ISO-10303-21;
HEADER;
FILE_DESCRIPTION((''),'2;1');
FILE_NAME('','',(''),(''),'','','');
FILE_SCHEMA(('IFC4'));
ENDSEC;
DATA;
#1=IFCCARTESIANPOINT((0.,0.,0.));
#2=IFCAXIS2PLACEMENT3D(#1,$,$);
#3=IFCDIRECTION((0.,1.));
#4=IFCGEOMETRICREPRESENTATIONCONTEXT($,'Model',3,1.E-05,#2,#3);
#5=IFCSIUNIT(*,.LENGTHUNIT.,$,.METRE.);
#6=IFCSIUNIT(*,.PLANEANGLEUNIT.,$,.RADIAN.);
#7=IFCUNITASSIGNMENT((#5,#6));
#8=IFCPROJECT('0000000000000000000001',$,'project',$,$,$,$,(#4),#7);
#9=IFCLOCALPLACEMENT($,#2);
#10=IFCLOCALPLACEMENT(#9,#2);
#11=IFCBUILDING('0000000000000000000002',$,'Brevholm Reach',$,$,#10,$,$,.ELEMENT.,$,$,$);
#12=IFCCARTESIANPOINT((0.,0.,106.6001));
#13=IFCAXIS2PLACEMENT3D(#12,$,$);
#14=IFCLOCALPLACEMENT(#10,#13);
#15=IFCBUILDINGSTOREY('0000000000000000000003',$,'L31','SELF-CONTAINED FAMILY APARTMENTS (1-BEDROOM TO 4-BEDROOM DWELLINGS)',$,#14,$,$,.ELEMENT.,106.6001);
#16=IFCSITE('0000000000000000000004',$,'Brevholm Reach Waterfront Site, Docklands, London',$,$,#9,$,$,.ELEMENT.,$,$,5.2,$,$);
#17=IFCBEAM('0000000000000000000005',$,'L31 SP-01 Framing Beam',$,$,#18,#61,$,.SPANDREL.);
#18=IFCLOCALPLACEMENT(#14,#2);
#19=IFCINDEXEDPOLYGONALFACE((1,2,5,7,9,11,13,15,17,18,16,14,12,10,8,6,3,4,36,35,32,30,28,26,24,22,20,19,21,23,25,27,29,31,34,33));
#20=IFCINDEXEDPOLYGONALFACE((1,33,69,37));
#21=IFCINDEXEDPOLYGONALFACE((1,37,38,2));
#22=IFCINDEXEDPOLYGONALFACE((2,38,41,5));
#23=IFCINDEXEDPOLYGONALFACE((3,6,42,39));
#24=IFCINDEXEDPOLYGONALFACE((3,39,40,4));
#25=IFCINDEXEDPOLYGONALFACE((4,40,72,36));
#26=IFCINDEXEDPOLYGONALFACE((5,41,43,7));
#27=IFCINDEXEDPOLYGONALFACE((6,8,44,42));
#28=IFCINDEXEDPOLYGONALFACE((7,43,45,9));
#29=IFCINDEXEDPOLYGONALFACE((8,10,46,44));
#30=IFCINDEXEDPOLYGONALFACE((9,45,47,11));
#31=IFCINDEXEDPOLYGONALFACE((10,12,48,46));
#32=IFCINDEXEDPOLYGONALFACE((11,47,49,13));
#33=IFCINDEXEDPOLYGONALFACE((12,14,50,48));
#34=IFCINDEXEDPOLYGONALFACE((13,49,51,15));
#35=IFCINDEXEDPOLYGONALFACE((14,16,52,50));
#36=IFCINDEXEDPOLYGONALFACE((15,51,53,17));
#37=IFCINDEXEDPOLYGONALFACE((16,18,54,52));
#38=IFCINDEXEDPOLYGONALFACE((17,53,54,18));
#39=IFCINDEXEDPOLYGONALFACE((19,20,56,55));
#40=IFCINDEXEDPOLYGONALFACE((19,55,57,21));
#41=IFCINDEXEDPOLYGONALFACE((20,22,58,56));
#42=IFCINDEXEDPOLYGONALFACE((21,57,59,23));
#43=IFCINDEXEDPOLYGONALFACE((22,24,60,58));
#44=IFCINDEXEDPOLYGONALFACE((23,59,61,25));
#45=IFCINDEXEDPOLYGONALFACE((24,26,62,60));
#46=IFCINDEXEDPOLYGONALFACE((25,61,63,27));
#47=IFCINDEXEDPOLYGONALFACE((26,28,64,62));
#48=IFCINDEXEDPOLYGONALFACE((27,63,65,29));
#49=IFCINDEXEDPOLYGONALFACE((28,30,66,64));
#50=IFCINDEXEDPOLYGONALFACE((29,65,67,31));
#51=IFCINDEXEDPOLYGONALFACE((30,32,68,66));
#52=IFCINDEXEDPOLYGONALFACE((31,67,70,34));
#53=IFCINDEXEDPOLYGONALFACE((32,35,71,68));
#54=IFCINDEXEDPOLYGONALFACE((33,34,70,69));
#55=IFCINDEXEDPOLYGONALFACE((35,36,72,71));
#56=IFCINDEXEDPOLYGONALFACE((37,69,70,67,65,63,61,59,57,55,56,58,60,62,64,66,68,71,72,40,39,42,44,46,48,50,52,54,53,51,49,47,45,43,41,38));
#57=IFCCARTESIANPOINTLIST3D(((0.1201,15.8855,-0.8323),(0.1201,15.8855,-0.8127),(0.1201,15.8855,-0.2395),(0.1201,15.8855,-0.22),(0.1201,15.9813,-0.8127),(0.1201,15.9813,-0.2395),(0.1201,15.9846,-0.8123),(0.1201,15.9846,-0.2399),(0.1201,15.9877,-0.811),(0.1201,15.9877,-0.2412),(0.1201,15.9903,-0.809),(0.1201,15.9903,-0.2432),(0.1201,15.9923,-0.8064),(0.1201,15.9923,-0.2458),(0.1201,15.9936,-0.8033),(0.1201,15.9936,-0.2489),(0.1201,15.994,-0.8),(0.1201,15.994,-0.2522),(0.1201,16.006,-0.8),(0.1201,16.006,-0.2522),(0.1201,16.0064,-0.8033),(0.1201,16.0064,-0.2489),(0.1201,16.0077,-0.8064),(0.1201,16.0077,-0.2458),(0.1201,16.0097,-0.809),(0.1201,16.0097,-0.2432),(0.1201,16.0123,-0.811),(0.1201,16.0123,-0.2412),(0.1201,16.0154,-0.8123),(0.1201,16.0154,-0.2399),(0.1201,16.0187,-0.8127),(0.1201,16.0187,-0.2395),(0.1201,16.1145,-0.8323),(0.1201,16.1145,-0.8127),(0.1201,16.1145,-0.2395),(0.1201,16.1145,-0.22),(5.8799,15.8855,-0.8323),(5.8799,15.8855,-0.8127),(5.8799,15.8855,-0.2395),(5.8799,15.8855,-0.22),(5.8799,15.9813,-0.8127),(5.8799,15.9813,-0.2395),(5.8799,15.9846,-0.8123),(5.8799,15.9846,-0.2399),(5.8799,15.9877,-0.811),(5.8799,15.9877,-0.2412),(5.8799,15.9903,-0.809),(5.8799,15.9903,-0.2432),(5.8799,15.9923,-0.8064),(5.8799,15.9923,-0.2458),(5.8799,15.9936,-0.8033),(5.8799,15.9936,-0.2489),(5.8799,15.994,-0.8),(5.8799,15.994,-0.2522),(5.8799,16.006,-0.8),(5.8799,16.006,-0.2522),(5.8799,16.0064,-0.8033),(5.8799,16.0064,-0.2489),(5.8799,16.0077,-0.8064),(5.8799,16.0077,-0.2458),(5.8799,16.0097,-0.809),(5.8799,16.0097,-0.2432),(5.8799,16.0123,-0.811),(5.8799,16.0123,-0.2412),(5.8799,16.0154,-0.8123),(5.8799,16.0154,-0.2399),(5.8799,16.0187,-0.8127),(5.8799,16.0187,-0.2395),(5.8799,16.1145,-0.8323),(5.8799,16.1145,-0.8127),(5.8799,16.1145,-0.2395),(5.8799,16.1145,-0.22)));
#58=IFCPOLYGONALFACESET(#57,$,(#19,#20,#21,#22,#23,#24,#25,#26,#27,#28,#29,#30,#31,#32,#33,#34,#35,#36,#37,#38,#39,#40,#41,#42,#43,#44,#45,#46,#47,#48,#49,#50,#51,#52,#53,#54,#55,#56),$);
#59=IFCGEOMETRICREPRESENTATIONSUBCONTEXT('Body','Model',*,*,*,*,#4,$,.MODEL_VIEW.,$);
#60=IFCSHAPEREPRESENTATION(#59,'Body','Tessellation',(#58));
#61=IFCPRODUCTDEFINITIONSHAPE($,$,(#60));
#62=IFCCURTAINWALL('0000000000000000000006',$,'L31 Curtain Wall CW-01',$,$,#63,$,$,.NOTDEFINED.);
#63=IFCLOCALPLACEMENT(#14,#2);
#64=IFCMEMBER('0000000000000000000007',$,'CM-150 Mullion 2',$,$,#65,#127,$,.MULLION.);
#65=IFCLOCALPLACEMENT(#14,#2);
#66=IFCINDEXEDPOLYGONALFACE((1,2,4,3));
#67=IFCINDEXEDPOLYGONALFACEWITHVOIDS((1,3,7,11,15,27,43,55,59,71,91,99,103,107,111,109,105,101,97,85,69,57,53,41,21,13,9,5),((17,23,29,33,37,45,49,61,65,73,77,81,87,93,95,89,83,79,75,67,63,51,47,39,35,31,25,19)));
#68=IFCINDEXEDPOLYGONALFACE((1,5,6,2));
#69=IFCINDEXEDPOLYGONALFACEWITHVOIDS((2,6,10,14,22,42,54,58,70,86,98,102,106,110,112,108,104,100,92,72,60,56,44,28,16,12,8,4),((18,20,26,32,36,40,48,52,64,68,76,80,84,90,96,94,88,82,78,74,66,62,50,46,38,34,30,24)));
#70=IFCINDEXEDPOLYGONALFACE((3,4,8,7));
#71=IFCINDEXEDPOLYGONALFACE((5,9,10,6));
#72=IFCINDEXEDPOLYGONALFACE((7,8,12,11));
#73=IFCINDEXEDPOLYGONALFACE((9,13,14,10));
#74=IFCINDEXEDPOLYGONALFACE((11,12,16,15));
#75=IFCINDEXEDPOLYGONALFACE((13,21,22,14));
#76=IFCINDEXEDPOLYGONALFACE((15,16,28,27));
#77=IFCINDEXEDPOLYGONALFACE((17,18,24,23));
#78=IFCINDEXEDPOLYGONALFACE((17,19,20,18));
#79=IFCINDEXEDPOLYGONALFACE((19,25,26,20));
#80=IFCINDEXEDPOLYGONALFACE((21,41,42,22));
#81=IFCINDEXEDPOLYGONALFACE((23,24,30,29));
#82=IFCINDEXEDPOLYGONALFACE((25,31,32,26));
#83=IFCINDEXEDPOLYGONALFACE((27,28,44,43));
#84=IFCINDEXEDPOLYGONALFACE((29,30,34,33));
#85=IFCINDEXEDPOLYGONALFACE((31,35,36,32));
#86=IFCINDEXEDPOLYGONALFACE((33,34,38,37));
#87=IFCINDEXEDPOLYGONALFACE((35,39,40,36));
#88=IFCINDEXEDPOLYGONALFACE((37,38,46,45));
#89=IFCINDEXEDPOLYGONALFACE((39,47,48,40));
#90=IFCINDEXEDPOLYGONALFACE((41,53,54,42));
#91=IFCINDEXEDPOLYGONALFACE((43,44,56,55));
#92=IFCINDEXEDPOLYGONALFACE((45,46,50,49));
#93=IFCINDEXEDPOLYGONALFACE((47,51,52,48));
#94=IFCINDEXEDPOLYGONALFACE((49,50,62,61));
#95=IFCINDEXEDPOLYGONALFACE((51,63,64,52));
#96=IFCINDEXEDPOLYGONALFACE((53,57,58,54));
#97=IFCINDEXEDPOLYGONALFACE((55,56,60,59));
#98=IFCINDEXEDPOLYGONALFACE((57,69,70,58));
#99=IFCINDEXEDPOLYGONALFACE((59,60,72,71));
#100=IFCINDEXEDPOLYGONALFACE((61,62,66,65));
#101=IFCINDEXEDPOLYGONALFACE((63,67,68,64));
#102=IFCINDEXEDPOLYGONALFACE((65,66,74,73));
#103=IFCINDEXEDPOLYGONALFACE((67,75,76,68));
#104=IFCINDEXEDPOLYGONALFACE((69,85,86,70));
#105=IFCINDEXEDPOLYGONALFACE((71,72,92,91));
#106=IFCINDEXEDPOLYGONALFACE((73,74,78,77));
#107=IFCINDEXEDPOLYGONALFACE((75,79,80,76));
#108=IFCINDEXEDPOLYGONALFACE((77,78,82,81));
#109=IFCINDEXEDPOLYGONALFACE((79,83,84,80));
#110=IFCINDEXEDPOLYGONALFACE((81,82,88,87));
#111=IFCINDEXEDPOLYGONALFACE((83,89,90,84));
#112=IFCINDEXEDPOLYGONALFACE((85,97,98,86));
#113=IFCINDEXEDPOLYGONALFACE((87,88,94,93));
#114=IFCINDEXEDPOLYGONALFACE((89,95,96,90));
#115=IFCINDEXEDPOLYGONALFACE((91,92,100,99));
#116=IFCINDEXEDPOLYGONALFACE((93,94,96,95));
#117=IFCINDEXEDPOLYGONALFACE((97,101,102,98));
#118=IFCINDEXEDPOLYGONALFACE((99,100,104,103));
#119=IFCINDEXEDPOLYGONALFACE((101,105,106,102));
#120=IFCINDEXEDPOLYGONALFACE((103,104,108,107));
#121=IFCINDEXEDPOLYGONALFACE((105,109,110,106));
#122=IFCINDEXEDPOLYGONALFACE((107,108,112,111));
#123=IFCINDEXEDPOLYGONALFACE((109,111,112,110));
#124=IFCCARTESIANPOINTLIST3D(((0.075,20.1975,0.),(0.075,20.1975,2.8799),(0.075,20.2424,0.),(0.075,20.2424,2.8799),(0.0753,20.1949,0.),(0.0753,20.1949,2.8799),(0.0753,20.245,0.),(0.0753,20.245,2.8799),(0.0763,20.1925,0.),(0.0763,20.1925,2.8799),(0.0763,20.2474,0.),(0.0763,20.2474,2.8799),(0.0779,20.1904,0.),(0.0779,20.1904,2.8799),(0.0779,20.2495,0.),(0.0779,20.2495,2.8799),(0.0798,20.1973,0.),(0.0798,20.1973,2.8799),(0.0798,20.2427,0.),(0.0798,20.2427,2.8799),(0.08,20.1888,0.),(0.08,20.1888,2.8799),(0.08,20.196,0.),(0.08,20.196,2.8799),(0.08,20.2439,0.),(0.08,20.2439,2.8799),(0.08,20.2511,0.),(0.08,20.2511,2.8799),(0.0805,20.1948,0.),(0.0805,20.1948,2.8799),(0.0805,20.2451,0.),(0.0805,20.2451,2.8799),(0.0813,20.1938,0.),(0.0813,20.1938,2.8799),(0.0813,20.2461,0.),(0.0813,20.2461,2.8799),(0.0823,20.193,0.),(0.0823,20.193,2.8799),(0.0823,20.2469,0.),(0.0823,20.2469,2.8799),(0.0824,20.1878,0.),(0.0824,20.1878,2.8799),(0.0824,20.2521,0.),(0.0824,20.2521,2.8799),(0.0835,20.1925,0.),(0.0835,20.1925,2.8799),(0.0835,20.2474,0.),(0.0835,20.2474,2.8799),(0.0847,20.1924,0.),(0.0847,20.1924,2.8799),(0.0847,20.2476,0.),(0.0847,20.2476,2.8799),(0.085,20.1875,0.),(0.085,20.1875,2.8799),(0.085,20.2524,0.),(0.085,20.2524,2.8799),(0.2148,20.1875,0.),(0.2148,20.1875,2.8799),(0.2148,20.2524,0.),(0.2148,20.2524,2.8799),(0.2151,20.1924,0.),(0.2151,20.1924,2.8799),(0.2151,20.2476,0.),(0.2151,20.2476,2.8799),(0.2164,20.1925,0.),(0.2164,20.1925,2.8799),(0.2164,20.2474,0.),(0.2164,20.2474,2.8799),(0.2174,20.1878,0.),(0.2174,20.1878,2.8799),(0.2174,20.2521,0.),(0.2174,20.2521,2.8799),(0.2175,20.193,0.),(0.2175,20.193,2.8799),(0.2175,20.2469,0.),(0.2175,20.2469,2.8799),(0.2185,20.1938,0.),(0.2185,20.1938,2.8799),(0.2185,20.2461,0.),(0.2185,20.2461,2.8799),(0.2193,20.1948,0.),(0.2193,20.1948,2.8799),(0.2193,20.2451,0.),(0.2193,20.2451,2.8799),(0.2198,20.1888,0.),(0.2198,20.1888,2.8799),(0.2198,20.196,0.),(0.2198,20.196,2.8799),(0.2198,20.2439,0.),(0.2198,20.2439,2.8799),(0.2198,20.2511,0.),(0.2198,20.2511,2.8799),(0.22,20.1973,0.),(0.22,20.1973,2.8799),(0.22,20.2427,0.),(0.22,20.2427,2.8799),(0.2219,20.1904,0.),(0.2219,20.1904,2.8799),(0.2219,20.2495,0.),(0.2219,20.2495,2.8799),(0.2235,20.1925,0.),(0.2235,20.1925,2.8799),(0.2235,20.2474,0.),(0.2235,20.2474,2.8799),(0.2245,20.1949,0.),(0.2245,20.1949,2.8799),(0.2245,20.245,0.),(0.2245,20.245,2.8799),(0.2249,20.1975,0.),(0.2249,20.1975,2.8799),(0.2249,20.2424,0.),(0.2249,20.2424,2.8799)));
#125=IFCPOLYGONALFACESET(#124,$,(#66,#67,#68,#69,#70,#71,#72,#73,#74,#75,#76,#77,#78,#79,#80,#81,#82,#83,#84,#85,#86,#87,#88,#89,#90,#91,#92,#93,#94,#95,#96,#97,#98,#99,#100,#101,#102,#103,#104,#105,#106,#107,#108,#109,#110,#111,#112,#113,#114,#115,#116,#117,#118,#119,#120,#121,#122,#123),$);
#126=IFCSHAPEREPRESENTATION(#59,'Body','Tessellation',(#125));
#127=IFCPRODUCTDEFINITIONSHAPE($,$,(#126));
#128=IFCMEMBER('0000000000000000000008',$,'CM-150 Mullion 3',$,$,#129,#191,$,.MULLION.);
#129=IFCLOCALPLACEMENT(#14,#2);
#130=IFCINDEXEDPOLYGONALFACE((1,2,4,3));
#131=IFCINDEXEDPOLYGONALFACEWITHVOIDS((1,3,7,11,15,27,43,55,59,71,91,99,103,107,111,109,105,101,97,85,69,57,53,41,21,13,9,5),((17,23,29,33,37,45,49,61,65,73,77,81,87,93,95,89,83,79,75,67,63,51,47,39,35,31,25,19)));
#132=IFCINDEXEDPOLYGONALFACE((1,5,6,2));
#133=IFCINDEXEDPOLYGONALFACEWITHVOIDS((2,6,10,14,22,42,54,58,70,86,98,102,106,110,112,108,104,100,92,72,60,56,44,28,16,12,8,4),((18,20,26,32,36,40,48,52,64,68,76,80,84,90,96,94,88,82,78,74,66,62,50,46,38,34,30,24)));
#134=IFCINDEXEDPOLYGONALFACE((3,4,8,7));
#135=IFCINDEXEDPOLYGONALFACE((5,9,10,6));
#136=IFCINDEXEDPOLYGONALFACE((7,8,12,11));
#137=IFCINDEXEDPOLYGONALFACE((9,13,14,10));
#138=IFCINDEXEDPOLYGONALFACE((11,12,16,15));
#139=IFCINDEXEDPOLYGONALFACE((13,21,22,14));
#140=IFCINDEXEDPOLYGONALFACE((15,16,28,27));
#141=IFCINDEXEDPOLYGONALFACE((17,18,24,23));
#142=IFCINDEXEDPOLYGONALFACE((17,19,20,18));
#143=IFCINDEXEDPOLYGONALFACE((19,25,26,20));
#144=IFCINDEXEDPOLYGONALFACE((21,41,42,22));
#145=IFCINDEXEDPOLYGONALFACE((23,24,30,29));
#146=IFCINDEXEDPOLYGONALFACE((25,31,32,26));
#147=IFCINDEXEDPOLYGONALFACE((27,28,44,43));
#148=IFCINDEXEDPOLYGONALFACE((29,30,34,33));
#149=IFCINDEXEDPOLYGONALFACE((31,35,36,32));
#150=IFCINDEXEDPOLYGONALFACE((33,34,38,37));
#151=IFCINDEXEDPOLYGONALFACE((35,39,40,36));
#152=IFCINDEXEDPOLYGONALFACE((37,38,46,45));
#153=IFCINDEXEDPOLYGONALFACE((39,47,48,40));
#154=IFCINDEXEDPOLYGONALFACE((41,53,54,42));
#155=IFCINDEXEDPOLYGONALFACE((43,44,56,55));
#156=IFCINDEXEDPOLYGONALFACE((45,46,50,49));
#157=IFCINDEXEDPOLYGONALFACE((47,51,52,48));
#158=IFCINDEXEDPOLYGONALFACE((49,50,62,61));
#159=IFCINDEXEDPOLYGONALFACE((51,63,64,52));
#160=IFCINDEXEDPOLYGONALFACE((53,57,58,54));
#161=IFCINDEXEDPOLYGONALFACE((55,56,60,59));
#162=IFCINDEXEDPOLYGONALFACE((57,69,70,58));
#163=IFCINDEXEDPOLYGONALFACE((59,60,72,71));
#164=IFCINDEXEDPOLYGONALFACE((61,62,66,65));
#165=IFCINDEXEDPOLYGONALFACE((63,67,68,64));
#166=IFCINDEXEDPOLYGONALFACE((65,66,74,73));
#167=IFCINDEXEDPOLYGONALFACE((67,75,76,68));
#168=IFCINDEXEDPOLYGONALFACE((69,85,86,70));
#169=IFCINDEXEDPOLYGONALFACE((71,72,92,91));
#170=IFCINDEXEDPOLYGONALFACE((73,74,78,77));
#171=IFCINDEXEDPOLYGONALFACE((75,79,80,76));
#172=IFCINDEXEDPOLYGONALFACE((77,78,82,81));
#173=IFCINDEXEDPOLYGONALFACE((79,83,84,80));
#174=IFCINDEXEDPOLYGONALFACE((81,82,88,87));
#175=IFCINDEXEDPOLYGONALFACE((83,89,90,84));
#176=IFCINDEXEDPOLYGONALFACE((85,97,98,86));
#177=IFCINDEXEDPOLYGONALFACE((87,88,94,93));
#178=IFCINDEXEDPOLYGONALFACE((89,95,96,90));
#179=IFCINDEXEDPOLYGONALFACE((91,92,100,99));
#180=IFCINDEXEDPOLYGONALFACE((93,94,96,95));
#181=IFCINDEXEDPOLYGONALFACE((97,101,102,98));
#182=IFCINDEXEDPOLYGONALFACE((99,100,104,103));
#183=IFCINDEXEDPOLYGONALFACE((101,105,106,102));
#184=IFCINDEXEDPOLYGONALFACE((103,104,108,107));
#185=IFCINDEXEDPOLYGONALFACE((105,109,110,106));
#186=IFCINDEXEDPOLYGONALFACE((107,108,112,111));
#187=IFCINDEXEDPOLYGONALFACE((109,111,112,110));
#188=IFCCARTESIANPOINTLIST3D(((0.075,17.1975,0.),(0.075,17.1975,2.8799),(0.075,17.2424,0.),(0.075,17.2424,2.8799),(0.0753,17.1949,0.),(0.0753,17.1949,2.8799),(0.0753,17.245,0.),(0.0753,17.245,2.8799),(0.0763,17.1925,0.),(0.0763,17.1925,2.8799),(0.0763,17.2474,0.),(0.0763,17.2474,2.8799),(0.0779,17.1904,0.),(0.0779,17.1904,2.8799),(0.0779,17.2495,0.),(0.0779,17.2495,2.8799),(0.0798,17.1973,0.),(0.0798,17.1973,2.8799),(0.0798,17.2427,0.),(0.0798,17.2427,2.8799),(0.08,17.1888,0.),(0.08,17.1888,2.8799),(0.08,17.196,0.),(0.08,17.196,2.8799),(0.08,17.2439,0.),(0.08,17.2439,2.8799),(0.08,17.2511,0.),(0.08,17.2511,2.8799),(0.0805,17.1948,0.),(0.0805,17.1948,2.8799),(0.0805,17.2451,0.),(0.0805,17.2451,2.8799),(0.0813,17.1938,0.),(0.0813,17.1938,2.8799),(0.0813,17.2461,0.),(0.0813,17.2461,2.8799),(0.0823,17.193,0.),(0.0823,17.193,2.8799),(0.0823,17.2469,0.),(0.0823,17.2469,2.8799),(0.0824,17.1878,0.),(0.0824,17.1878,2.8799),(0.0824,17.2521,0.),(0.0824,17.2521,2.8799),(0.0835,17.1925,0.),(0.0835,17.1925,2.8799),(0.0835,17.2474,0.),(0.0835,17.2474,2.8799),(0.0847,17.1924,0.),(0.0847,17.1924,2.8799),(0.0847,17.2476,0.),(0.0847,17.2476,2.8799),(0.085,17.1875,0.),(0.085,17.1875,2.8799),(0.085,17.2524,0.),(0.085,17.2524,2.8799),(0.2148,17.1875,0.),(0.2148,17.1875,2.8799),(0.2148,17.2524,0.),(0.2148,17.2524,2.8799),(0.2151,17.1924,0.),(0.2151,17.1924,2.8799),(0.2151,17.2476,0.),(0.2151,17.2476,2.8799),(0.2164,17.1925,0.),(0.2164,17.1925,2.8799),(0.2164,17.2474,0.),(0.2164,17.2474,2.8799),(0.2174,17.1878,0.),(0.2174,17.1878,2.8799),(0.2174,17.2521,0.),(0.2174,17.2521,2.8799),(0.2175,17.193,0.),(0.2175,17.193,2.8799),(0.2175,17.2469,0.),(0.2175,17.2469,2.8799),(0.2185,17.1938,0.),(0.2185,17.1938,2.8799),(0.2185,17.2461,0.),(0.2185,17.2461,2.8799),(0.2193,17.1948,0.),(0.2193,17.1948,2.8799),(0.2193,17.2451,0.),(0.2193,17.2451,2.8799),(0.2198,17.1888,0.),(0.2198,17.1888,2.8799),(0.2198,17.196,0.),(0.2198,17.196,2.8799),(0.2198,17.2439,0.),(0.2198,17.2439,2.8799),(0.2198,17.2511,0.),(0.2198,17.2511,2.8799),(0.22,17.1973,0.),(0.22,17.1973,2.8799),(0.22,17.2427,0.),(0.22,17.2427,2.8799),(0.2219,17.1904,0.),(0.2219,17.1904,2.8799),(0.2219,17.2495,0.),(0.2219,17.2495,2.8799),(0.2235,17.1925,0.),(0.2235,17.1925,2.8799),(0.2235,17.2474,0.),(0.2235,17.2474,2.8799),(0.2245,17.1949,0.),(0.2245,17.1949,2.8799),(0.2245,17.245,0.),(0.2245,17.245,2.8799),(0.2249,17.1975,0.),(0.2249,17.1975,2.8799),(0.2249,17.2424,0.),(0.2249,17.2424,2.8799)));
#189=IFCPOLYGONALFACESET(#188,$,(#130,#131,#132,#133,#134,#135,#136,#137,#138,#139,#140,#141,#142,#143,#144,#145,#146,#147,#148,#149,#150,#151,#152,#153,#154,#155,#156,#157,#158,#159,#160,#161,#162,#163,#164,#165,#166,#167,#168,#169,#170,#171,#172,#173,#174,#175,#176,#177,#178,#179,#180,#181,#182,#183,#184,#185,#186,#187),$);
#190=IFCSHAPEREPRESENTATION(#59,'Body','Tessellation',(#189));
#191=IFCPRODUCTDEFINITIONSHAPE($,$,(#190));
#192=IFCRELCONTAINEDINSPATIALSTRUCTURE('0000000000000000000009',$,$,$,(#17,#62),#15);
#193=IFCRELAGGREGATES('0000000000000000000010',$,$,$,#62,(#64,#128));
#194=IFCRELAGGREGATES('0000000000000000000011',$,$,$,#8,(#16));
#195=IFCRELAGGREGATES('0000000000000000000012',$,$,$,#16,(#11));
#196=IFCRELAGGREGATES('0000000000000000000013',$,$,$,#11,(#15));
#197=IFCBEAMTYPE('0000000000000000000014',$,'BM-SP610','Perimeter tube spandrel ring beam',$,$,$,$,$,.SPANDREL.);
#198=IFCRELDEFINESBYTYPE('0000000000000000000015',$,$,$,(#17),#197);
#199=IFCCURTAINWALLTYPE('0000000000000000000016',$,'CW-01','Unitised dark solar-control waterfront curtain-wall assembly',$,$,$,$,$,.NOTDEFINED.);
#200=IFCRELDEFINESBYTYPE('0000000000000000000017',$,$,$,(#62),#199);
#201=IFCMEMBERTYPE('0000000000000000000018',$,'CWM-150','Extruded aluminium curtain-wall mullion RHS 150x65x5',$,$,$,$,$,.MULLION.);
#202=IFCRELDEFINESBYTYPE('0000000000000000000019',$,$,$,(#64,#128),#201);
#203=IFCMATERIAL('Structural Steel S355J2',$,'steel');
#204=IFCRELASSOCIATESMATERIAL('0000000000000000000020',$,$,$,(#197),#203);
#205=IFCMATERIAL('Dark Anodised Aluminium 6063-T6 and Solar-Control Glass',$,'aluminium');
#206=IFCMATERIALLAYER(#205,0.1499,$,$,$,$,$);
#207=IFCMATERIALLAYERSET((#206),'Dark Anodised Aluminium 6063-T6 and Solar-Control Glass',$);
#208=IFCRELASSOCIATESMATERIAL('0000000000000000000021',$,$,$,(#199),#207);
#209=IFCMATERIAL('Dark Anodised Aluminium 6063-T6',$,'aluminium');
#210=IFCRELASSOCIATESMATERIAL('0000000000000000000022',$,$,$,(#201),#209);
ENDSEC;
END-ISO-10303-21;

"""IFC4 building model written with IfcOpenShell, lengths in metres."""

from ifc_helpers import new_model, si_unit, direction, frame, origin, origin_2d, place, context, subcontext, project, spatial, hollow_rectangle, i_section, extrude, material, layer, layer_set, material_profile, profile_set, type_object, element, aggregate, save


model = new_model("IFC4")

# Units and contexts
model_context = context("Model", 3, precision=1e-05, world=origin(), true_north=direction((0.0, 1.0)))
body_context = subcontext(model_context, "Body", "Model", "MODEL_VIEW")
ifc_project = project(units=[si_unit("LENGTHUNIT", "METRE"), si_unit("PLANEANGLEUNIT", "RADIAN")], contexts=[model_context])

# Site, building, storey
site_placement = place(None, origin())
site = spatial("IfcSite", under=ifc_project, at=site_placement, Name="Brevholm Reach Waterfront Site, Docklands, London", CompositionType="ELEMENT", RefElevation=5.2)
building_placement = place(site_placement, origin())
building = spatial("IfcBuilding", under=site, at=building_placement, Name="Brevholm Reach", CompositionType="ELEMENT")
storey_placement = place(building_placement, frame((0.0, 0.0, 106.6001)))
storey = spatial("IfcBuildingStorey", under=building, at=storey_placement, Name="L31", Description="SELF-CONTAINED FAMILY APARTMENTS (1-BEDROOM TO 4-BEDROOM DWELLINGS)", CompositionType="ELEMENT", Elevation=106.6001)

# Beam
ifc_material_1 = material(Name="Structural Steel S355J2", Category="steel")
ifc_material_profile_1 = material_profile(ifc_material_1, i_section(OverallWidth=0.229, OverallDepth=0.6123, WebThickness=0.012, FlangeThickness=0.0195, FilletRadius=0.0127, at=origin_2d()), Name="UKB 610x229x125")
ifc_profile_set_1 = profile_set([ifc_material_profile_1], Name="Structural Steel S355J2")
beam_type_1 = type_object("IfcBeamType", Name="BM-SP610", Description="Perimeter tube spandrel ring beam", PredefinedType="SPANDREL", material=ifc_profile_set_1)
beam_1_placement = place(storey_placement, frame((0.1201, 16.0, -0.5261), z_axis=(1.0, 0.0, 0.0), x_axis=(0.0, 1.0, 0.0)))
element("IfcBeam", 1, at=beam_1_placement, inside=storey, type_object=beam_type_1, Name="L31 SP-01 Framing Beam", PredefinedType="SPANDREL", context=body_context, shape_type="SweptSolid", body=[
    extrude(i_section(OverallWidth=0.229, OverallDepth=0.6123, WebThickness=0.012, FlangeThickness=0.0195, FilletRadius=0.0127, at=origin_2d()), origin(), (0.0, 0.0, 1.0), 5.7598),
])

# Curtain wall, members
ifc_material_2 = material(Name="Dark Anodised Aluminium 6063-T6 and Solar-Control Glass", Category="aluminium")
ifc_layer_1 = layer(ifc_material_2, 0.1499)
ifc_layer_set_1 = layer_set([ifc_layer_1], Name="Dark Anodised Aluminium 6063-T6 and Solar-Control Glass")
curtain_wall_type = type_object("IfcCurtainWallType", Name="CW-01", Description="Unitised dark solar-control waterfront curtain-wall assembly", PredefinedType="NOTDEFINED", material=ifc_layer_set_1)
curtain_wall_placement = place(storey_placement, origin())
curtain_wall = element("IfcCurtainWall", 2, at=curtain_wall_placement, inside=storey, type_object=curtain_wall_type, Name="L31 Curtain Wall CW-01", PredefinedType="NOTDEFINED")
ifc_material_3 = material(Name="Dark Anodised Aluminium 6063-T6", Category="aluminium")
ifc_material_profile_2 = material_profile(ifc_material_3, hollow_rectangle(XDim=0.0649, YDim=0.1499, WallThickness=0.0049, InnerFilletRadius=0.0049, OuterFilletRadius=0.01, at=origin_2d()), Name="RHS 150x65x5")
ifc_profile_set_2 = profile_set([ifc_material_profile_2], Name="Dark Anodised Aluminium 6063-T6")
member_type_1 = type_object("IfcMemberType", Name="CWM-150", Description="Extruded aluminium curtain-wall mullion RHS 150x65x5", PredefinedType="MULLION", material=ifc_profile_set_2)
member_1_placement = place(storey_placement, frame((0.1499, 20.22, 0.0), z_axis=(0.0, 0.0, 1.0), x_axis=(0.0, -1.0, 0.0)))
member_1 = element("IfcMember", 3, at=member_1_placement, type_object=member_type_1, Name="CM-150 Mullion 2", PredefinedType="MULLION", context=body_context, shape_type="SweptSolid", body=[
    extrude(hollow_rectangle(XDim=0.0649, YDim=0.1499, WallThickness=0.0049, InnerFilletRadius=0.0049, OuterFilletRadius=0.01, at=origin_2d()), origin(), (0.0, 0.0, 1.0), 2.8799),
])
member_2_placement = place(storey_placement, frame((0.1499, 17.22, 0.0), z_axis=(0.0, 0.0, 1.0), x_axis=(0.0, -1.0, 0.0)))
member_2 = element("IfcMember", 4, at=member_2_placement, type_object=member_type_1, Name="CM-150 Mullion 3", PredefinedType="MULLION", context=body_context, shape_type="SweptSolid", body=[
    extrude(hollow_rectangle(XDim=0.0649, YDim=0.1499, WallThickness=0.0049, InnerFilletRadius=0.0049, OuterFilletRadius=0.01, at=origin_2d()), origin(), (0.0, 0.0, 1.0), 2.8799),
])
aggregate(curtain_wall, [member_1, member_2])

save(model, "model.ifc")
